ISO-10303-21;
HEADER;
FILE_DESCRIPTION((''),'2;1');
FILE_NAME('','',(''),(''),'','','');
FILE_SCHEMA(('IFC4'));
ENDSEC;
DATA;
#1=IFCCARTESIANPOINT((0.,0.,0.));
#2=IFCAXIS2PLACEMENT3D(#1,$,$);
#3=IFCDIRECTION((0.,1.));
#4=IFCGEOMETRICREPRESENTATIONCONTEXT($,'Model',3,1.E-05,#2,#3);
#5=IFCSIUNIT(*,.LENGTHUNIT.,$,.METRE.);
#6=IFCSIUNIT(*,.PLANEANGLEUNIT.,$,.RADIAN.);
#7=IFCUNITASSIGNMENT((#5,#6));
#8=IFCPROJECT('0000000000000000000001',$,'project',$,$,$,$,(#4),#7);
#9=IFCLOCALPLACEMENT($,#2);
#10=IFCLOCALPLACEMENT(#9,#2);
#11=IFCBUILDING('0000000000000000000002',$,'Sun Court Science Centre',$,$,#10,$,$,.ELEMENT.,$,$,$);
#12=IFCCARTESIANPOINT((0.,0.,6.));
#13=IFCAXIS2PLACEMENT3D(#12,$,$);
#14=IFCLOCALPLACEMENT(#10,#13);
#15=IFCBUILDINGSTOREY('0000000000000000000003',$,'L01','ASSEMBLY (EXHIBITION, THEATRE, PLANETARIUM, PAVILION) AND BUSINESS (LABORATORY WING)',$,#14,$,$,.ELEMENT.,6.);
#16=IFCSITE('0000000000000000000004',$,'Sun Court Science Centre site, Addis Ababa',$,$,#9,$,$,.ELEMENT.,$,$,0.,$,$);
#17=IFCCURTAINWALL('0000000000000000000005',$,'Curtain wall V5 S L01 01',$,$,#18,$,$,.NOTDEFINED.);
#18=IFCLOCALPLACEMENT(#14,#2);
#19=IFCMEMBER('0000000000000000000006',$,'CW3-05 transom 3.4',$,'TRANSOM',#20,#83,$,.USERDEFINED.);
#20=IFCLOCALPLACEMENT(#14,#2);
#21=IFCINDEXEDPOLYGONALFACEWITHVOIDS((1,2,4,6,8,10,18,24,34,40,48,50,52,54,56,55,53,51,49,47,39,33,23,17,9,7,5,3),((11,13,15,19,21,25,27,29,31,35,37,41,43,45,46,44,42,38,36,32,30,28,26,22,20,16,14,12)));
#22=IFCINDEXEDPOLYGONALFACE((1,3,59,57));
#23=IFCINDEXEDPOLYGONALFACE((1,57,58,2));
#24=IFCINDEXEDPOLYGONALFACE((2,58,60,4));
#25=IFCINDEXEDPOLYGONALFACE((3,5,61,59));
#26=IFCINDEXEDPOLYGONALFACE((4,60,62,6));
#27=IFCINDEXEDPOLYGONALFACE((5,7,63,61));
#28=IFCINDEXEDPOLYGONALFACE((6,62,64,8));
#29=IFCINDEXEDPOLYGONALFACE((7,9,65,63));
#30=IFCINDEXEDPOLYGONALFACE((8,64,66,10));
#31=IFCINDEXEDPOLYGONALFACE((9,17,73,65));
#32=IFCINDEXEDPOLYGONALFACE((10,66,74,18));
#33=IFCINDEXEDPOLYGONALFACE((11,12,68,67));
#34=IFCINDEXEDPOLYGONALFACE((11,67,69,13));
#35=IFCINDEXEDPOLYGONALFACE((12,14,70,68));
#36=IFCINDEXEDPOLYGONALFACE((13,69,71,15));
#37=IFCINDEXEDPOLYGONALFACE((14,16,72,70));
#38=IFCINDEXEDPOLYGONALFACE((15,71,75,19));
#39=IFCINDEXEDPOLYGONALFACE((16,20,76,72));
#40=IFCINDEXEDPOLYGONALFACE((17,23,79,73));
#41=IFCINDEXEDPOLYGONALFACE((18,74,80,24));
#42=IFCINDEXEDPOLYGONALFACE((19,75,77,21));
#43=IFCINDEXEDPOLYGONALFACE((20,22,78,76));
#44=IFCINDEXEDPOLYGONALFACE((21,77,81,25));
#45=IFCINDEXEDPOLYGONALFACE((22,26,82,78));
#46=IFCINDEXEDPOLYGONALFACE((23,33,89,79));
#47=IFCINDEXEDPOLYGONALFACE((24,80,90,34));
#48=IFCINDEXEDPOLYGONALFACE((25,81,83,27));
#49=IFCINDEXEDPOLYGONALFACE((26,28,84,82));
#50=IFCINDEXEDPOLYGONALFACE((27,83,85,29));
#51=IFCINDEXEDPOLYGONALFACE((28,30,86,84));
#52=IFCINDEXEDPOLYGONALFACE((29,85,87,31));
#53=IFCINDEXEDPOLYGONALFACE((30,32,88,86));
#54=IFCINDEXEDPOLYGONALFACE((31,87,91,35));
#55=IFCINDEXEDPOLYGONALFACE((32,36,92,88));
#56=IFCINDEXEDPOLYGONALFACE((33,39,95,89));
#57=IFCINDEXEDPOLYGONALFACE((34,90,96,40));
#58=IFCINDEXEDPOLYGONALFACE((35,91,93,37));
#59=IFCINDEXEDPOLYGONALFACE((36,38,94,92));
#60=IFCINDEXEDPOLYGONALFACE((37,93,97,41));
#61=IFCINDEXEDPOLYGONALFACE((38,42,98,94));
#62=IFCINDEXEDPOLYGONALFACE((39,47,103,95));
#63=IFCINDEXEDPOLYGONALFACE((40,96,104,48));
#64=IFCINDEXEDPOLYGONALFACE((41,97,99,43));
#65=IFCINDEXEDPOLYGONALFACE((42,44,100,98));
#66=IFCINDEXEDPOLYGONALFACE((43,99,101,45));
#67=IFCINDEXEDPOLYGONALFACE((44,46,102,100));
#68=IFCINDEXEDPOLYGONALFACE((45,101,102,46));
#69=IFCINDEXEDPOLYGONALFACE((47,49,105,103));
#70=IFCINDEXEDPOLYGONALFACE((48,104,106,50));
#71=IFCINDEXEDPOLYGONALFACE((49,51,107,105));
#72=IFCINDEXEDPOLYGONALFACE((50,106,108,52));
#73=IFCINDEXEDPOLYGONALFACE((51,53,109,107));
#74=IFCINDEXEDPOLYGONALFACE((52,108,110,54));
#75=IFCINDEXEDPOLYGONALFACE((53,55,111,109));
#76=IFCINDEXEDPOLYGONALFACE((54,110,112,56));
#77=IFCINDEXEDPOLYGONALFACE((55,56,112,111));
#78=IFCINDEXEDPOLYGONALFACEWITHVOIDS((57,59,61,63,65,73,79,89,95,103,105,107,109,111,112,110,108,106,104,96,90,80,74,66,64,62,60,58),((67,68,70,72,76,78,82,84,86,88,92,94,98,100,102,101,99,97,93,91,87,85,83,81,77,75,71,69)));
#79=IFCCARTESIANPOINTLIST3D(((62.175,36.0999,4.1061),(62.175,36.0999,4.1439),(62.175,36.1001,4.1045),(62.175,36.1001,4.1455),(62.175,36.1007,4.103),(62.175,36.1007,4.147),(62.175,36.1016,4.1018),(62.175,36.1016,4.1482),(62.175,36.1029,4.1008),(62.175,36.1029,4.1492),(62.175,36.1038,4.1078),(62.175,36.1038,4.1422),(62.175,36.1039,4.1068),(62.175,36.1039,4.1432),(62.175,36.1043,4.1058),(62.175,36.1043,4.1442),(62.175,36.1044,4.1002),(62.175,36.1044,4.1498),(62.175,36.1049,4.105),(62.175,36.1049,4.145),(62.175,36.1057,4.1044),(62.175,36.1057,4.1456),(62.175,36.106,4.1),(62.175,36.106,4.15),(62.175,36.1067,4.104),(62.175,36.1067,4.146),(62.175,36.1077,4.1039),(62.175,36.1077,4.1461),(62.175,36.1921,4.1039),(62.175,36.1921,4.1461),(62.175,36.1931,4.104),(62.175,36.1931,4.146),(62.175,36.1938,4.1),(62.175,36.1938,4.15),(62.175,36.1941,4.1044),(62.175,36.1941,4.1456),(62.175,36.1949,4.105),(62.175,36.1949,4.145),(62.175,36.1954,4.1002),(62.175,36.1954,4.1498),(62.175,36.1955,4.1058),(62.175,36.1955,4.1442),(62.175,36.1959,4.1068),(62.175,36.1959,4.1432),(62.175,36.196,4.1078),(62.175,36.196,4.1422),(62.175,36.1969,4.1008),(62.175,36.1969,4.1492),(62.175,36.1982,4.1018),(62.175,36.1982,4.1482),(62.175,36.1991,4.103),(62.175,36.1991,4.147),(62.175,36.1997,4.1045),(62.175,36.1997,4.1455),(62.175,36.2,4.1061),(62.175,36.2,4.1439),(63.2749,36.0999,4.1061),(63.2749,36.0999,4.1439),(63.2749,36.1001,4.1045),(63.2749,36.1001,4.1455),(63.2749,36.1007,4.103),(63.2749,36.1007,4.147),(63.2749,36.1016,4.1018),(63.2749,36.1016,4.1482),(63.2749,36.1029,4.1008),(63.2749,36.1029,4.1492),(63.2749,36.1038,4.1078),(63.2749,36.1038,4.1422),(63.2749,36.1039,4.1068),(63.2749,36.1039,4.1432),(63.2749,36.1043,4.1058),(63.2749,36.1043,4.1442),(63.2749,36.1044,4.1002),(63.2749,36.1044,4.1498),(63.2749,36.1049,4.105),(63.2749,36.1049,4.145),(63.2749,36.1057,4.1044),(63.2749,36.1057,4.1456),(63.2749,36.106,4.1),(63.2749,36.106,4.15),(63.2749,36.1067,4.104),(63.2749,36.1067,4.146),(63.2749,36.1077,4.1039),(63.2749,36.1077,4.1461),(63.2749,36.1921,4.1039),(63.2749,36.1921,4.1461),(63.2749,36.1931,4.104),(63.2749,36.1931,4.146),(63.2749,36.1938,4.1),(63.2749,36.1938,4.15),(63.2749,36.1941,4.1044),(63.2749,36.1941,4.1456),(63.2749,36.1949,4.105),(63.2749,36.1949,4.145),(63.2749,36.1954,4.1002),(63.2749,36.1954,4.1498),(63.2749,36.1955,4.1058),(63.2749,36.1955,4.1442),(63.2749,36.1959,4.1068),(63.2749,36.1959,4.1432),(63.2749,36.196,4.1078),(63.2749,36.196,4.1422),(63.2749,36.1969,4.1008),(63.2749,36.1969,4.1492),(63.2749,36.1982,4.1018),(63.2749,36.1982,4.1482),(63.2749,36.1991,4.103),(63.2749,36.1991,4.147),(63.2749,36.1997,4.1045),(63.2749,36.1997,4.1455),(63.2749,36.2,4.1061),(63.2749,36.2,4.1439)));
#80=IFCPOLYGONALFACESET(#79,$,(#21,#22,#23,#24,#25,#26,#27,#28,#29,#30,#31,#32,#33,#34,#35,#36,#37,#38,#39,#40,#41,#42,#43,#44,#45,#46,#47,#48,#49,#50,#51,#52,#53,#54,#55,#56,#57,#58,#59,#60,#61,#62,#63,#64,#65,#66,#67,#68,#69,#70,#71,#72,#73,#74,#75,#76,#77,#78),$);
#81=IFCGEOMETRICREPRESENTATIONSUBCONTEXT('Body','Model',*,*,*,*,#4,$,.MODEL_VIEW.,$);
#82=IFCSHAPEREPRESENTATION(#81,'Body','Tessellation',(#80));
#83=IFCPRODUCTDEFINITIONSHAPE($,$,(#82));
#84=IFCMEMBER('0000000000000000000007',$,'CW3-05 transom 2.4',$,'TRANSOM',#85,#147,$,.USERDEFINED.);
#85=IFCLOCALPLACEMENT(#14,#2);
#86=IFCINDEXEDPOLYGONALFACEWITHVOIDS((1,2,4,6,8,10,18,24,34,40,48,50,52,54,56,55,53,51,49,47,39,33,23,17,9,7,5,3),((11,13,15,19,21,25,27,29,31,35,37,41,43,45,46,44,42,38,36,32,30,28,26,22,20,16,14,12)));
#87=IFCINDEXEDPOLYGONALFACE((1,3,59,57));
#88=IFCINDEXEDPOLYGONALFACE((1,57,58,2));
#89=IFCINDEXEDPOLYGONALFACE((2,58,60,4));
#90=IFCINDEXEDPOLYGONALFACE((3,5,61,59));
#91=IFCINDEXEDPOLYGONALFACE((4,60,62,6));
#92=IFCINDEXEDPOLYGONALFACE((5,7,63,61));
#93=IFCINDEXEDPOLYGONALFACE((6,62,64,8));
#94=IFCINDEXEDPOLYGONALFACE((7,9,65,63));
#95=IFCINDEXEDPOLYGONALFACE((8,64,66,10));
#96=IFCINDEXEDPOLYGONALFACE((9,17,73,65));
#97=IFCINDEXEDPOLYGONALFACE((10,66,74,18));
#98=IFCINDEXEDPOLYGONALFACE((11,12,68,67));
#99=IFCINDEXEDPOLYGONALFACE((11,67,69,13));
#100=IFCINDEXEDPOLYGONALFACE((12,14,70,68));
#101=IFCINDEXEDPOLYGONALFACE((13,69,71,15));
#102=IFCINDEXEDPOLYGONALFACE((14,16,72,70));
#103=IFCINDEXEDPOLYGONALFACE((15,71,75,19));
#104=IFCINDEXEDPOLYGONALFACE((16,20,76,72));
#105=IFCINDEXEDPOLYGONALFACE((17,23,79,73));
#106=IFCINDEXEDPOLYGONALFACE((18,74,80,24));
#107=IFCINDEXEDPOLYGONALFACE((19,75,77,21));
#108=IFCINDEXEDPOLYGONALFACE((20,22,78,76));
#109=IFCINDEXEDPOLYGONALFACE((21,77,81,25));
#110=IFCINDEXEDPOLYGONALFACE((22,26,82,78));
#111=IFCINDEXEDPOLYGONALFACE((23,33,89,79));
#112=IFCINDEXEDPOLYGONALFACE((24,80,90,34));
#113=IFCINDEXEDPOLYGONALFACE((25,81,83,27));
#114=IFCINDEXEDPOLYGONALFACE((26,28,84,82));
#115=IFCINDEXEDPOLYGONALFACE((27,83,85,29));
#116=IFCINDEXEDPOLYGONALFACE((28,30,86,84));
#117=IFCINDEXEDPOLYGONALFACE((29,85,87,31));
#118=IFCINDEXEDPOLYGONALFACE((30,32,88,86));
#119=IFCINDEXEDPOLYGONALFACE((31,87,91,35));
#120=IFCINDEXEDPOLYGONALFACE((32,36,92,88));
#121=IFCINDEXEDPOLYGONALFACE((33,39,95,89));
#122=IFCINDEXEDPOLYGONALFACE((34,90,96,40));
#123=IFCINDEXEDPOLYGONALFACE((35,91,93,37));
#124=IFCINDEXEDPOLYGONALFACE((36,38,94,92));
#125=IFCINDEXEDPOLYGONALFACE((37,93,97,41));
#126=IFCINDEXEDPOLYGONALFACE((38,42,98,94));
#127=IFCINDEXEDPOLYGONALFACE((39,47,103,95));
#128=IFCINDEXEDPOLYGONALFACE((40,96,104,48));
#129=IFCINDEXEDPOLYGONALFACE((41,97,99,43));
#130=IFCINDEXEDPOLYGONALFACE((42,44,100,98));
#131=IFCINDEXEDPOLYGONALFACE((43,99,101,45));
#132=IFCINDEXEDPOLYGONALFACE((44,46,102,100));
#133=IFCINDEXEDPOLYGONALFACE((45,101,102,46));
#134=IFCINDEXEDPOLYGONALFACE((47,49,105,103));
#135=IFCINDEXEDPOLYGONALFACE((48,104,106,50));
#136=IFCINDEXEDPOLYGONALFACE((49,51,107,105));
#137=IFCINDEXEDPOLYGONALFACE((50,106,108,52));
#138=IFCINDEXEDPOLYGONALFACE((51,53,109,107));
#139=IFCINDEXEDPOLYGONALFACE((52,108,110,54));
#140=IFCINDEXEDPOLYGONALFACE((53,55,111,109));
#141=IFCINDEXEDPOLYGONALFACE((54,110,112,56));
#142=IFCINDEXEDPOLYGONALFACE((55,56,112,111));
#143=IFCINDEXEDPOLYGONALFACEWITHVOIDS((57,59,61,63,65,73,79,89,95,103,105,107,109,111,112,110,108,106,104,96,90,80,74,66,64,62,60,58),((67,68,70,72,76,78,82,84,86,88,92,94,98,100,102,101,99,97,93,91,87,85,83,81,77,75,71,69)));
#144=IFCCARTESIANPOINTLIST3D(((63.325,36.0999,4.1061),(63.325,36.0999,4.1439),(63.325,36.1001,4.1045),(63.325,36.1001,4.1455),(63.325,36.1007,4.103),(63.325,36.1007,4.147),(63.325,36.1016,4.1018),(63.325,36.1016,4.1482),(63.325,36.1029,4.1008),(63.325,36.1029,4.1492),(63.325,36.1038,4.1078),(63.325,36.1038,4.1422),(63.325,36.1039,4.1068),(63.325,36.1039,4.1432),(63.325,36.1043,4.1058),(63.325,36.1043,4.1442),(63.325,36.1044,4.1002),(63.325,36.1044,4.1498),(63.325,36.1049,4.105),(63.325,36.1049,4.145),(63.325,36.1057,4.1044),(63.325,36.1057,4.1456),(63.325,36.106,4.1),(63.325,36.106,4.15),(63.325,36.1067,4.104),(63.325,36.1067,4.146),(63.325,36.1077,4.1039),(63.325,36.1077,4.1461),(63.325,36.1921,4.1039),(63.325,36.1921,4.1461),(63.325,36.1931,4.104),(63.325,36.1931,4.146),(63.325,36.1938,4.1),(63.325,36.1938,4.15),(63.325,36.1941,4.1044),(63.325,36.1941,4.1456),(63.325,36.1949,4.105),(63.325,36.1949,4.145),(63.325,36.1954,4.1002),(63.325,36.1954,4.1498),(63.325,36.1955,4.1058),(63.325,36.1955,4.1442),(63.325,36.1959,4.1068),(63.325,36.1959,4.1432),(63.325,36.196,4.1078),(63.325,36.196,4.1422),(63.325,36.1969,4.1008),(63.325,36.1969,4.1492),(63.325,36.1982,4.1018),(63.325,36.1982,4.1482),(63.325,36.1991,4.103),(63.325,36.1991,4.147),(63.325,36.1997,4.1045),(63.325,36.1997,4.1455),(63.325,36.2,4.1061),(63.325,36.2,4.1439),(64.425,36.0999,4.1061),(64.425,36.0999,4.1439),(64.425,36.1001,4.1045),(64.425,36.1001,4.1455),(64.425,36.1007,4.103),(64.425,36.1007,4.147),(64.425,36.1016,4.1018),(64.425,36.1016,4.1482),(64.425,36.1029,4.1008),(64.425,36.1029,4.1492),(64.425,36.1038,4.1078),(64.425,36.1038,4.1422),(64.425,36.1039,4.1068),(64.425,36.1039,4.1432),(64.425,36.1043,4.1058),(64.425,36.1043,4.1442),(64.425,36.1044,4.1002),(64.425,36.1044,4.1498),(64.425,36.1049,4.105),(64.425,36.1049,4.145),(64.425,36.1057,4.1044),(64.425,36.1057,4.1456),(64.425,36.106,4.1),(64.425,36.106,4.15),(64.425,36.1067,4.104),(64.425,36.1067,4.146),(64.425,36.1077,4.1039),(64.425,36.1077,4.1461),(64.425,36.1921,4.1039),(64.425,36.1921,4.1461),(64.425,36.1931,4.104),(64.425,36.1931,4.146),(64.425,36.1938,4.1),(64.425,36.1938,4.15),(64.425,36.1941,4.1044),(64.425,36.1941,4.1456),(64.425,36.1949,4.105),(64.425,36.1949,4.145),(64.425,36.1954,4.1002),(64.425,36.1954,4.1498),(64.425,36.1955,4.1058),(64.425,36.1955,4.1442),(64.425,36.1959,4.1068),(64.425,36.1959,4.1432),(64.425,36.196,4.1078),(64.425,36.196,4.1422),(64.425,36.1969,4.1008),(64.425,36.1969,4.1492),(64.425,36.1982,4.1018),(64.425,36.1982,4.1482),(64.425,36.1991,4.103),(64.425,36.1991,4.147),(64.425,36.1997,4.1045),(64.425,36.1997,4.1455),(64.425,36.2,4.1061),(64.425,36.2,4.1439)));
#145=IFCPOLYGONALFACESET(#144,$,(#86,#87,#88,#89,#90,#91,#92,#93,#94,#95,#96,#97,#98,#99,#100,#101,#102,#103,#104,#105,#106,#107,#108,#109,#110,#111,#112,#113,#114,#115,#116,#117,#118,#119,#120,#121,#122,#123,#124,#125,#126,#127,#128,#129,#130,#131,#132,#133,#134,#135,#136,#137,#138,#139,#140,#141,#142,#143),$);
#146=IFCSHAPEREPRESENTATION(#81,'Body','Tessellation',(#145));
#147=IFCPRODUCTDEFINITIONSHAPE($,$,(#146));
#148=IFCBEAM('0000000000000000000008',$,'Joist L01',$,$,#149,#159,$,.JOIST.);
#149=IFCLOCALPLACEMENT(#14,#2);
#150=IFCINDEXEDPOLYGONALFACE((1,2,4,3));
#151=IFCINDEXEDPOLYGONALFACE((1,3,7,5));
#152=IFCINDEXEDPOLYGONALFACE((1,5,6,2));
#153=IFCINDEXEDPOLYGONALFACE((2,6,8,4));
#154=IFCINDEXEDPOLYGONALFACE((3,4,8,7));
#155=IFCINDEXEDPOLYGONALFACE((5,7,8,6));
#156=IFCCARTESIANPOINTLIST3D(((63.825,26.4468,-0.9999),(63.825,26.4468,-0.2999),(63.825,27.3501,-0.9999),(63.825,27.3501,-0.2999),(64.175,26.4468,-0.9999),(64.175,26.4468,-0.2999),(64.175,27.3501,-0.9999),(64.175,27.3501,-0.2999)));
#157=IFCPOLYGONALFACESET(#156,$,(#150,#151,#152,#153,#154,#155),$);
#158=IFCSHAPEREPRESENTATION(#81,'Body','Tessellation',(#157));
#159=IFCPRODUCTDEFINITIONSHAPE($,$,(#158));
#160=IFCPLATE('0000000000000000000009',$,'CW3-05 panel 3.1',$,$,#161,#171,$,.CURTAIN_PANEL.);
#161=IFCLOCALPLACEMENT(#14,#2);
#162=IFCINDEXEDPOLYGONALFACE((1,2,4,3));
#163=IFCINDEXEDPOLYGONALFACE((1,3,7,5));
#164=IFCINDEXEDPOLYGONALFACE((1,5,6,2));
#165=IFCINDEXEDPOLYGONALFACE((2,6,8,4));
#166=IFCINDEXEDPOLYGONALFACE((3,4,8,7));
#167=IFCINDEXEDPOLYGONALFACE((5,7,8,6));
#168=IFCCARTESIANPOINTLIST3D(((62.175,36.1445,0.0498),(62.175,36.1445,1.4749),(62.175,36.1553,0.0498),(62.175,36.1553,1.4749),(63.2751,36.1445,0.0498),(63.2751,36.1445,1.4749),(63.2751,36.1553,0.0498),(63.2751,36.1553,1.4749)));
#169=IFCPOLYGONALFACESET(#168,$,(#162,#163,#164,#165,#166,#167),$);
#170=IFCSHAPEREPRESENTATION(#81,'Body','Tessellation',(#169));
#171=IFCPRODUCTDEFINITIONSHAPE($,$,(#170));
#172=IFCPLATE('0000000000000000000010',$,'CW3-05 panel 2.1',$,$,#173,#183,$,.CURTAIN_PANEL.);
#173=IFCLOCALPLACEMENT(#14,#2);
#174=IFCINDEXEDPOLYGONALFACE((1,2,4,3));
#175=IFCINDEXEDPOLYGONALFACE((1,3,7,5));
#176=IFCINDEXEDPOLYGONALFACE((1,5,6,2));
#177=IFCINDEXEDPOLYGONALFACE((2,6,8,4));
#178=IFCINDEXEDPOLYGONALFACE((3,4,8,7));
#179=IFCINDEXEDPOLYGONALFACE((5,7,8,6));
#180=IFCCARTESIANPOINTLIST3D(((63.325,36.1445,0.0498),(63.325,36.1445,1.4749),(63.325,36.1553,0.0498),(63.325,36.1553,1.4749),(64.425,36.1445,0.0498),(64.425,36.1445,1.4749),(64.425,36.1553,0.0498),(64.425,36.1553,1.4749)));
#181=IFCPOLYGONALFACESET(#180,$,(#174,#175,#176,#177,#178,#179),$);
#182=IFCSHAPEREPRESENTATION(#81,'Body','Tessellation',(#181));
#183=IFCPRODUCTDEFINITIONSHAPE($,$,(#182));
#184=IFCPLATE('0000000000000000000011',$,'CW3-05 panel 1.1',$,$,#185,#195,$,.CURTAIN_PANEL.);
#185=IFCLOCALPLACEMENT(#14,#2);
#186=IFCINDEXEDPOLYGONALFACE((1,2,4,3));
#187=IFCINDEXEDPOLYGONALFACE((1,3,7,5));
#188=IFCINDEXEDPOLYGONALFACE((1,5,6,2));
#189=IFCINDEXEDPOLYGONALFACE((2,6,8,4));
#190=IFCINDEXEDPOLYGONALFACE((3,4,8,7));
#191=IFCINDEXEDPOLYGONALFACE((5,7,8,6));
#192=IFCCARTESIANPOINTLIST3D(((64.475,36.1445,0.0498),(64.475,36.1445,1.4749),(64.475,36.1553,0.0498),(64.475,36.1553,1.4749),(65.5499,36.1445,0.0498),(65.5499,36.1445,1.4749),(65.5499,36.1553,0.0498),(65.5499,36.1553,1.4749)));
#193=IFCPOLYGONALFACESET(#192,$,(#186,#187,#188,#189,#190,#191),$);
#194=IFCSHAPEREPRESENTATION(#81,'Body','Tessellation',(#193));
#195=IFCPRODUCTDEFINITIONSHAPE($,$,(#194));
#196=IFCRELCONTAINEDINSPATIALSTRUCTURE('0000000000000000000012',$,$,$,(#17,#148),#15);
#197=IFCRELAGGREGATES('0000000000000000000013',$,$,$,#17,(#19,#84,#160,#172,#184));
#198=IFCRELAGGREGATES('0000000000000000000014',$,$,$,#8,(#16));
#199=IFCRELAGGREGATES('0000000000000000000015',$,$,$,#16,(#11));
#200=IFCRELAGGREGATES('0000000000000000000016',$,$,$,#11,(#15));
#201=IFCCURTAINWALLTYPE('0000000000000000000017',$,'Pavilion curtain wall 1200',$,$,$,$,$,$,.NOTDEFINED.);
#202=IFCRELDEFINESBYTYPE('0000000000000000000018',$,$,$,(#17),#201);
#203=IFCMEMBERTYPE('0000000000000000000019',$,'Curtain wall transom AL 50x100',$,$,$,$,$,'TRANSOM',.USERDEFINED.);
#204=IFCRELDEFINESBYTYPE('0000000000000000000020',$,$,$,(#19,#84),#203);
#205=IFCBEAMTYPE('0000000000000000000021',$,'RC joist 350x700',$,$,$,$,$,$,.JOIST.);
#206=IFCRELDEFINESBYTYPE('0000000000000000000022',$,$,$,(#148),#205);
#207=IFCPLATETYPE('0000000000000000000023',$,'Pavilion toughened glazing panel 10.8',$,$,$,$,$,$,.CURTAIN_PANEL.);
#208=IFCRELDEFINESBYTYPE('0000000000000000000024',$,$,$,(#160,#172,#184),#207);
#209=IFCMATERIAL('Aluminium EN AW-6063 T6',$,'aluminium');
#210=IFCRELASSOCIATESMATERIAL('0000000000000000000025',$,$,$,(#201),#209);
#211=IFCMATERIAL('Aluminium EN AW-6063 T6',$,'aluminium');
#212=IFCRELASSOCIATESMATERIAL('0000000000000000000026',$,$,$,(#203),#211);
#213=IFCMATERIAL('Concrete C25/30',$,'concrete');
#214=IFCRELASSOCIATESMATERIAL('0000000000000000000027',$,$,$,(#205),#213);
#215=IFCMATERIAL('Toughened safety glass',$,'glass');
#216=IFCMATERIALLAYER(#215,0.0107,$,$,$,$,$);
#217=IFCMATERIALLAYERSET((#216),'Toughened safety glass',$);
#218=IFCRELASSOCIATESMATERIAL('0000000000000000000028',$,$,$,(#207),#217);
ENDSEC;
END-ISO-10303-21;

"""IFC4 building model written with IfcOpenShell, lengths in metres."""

from ifc_helpers import new_model, si_unit, direction, frame, origin, origin_2d, place, context, subcontext, project, spatial, rectangle, hollow_rectangle, extrude, material, layer, layer_set, material_profile, profile_set, type_object, element, aggregate, save


model = new_model("IFC4")

# Units and contexts
model_context = context("Model", 3, precision=1e-05, world=origin(), true_north=direction((0.0, 1.0)))
body_context = subcontext(model_context, "Body", "Model", "MODEL_VIEW")
ifc_project = project(units=[si_unit("LENGTHUNIT", "METRE"), si_unit("PLANEANGLEUNIT", "RADIAN")], contexts=[model_context])

# Site, building, storey
site_placement = place(None, origin())
site = spatial("IfcSite", under=ifc_project, at=site_placement, Name="Sun Court Science Centre site, Addis Ababa", CompositionType="ELEMENT", RefElevation=0.0)
building_placement = place(site_placement, origin())
building = spatial("IfcBuilding", under=site, at=building_placement, Name="Sun Court Science Centre", CompositionType="ELEMENT")
storey_placement = place(building_placement, frame((0.0, 0.0, 6.0)))
storey = spatial("IfcBuildingStorey", under=building, at=storey_placement, Name="L01", Description="ASSEMBLY (EXHIBITION, THEATRE, PLANETARIUM, PAVILION) AND BUSINESS (LABORATORY WING)", CompositionType="ELEMENT", Elevation=6.0)

# Curtain wall, members
ifc_material_1 = material(Name="Aluminium EN AW-6063 T6", Category="aluminium")
curtain_wall_type = type_object("IfcCurtainWallType", Name="Pavilion curtain wall 1200", PredefinedType="NOTDEFINED", material=ifc_material_1)
curtain_wall_placement = place(storey_placement, origin())
curtain_wall = element("IfcCurtainWall", 1, at=curtain_wall_placement, inside=storey, type_object=curtain_wall_type, Name="Curtain wall V5 S L01 01", PredefinedType="NOTDEFINED")
ifc_material_2 = material(Name="Aluminium EN AW-6063 T6", Category="aluminium")
ifc_material_profile_1 = material_profile(ifc_material_2, hollow_rectangle(XDim=0.05, YDim=0.1001, WallThickness=0.0039, InnerFilletRadius=0.0039, OuterFilletRadius=0.0061, at=origin_2d()), Name="AL 50x100x4")
ifc_profile_set_1 = profile_set([ifc_material_profile_1], Name="Aluminium EN AW-6063 T6")
member_type_1 = type_object("IfcMemberType", Name="Curtain wall transom AL 50x100", ElementType="TRANSOM", PredefinedType="USERDEFINED", material=ifc_profile_set_1)
member_1_placement = place(storey_placement, frame((63.2749, 36.1499, 4.125), z_axis=(-1.0, 0.0, 0.0), x_axis=(0.0, 0.0, 1.0)))
member_1 = element("IfcMember", 2, at=member_1_placement, type_object=member_type_1, Name="CW3-05 transom 3.4", ObjectType="TRANSOM", PredefinedType="USERDEFINED", context=body_context, shape_type="SweptSolid", body=[
    extrude(hollow_rectangle(XDim=0.05, YDim=0.1001, WallThickness=0.0039, InnerFilletRadius=0.0039, OuterFilletRadius=0.0061, at=origin_2d()), origin(), (0.0, 0.0, 1.0), 1.0999),
])
member_2_placement = place(storey_placement, frame((64.425, 36.1499, 4.125), z_axis=(-1.0, 0.0, 0.0), x_axis=(0.0, 0.0, 1.0)))
member_2 = element("IfcMember", 3, at=member_2_placement, type_object=member_type_1, Name="CW3-05 transom 2.4", ObjectType="TRANSOM", PredefinedType="USERDEFINED", context=body_context, shape_type="SweptSolid", body=[
    extrude(hollow_rectangle(XDim=0.05, YDim=0.1001, WallThickness=0.0039, InnerFilletRadius=0.0039, OuterFilletRadius=0.0061, at=origin_2d()), origin(), (0.0, 0.0, 1.0), 1.1001),
])

# Beam
ifc_material_3 = material(Name="Concrete C25/30", Category="concrete")
ifc_material_profile_2 = material_profile(ifc_material_3, rectangle(XDim=0.3501, YDim=0.7, at=origin_2d()), Name="RC 350x700")
ifc_profile_set_2 = profile_set([ifc_material_profile_2], Name="Concrete C25/30")
beam_type = type_object("IfcBeamType", Name="RC joist 350x700", PredefinedType="JOIST", material=ifc_profile_set_2)
beam_placement = place(storey_placement, frame((64.0, 26.4468, -0.6499), z_axis=(0.0, 1.0, 0.0), x_axis=(-1.0, 0.0, 0.0)))
element("IfcBeam", 4, at=beam_placement, inside=storey, type_object=beam_type, Name="Joist L01", PredefinedType="JOIST", context=body_context, shape_type="SweptSolid", body=[
    extrude(rectangle(XDim=0.3501, YDim=0.7, at=origin_2d()), origin(), (0.0, 0.0, 1.0), 0.9033),
])

# Plates
ifc_material_4 = material(Name="Toughened safety glass", Category="glass")
ifc_layer_1 = layer(ifc_material_4, 0.0107)
ifc_layer_set_1 = layer_set([ifc_layer_1], Name="Toughened safety glass")
plate_type = type_object("IfcPlateType", Name="Pavilion toughened glazing panel 10.8", PredefinedType="CURTAIN_PANEL", material=ifc_layer_set_1)
plate_1_placement = place(storey_placement, frame((62.7251, 36.1499, 0.0498), z_axis=(0.0, 0.0, 1.0), x_axis=(-1.0, 0.0, 0.0)))
plate_1 = element("IfcPlate", 5, at=plate_1_placement, type_object=plate_type, Name="CW3-05 panel 3.1", PredefinedType="CURTAIN_PANEL", context=body_context, shape_type="SweptSolid", body=[
    extrude(rectangle(XDim=1.1001, YDim=0.0107, at=origin_2d()), origin(), (0.0, 0.0, 1.0), 1.425),
])
plate_2_placement = place(storey_placement, frame((63.875, 36.1499, 0.0498), z_axis=(0.0, 0.0, 1.0), x_axis=(-1.0, 0.0, 0.0)))
plate_2 = element("IfcPlate", 6, at=plate_2_placement, type_object=plate_type, Name="CW3-05 panel 2.1", PredefinedType="CURTAIN_PANEL", context=body_context, shape_type="SweptSolid", body=[
    extrude(rectangle(XDim=1.1001, YDim=0.0107, at=origin_2d()), origin(), (0.0, 0.0, 1.0), 1.425),
])
plate_3_placement = place(storey_placement, frame((65.0125, 36.1499, 0.0498), z_axis=(0.0, 0.0, 1.0), x_axis=(-1.0, 0.0, 0.0)))
plate_3 = element("IfcPlate", 7, at=plate_3_placement, type_object=plate_type, Name="CW3-05 panel 1.1", PredefinedType="CURTAIN_PANEL", context=body_context, shape_type="SweptSolid", body=[
    extrude(rectangle(XDim=1.075, YDim=0.0107, at=origin_2d()), origin(), (0.0, 0.0, 1.0), 1.425),
])
aggregate(curtain_wall, [member_1, member_2, plate_1, plate_2, plate_3])

save(model, "model.ifc")
